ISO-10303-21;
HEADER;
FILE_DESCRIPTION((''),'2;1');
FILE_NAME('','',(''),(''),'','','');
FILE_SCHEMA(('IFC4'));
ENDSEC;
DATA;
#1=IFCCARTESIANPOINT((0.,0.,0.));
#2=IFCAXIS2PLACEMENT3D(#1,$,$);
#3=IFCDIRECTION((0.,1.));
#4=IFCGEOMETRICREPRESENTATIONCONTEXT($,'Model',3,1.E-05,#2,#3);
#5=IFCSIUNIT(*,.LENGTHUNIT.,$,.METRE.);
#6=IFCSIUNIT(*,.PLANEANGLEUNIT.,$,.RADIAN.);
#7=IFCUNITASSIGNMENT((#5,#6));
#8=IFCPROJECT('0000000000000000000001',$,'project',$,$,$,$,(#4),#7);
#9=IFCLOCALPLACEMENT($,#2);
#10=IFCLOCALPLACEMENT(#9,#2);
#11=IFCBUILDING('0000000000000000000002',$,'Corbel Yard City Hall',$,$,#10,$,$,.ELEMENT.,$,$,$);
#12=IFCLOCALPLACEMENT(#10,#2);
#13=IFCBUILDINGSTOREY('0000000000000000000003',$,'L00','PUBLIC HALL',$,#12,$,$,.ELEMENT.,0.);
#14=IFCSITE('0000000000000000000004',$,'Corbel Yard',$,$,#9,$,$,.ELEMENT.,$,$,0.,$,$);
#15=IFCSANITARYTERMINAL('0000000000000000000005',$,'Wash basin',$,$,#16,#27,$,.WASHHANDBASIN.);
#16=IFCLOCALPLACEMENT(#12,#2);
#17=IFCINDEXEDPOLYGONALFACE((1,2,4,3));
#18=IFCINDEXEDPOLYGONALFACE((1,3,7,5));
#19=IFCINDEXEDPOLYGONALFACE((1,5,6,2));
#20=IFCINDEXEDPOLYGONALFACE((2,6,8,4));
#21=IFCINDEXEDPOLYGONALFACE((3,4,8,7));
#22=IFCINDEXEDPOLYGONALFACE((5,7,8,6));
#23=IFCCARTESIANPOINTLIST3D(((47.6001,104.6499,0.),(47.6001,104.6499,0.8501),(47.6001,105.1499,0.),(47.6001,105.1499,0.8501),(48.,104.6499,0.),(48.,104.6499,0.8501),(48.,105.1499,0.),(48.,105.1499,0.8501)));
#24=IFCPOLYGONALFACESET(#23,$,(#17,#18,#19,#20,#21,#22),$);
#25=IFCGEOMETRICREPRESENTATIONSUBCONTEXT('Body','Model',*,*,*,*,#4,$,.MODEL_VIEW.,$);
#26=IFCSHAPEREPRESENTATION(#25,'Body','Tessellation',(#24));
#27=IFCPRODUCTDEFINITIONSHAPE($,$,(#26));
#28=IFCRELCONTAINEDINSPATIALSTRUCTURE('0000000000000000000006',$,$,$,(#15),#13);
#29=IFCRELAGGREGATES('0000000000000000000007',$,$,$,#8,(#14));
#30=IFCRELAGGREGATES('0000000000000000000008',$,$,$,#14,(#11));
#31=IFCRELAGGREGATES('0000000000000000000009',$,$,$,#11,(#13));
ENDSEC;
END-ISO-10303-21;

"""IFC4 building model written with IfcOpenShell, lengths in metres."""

from ifc_helpers import new_model, si_unit, direction, frame, origin, origin_2d, place, context, subcontext, project, spatial, rectangle, extrude, element, save


model = new_model("IFC4")

# Units and contexts
model_context = context("Model", 3, precision=1e-05, world=origin(), true_north=direction((0.0, 1.0)))
body_context = subcontext(model_context, "Body", "Model", "MODEL_VIEW")
ifc_project = project(units=[si_unit("LENGTHUNIT", "METRE"), si_unit("PLANEANGLEUNIT", "RADIAN")], contexts=[model_context])

# Site, building, storey
site_placement = place(None, origin())
site = spatial("IfcSite", under=ifc_project, at=site_placement, Name="Corbel Yard", CompositionType="ELEMENT", RefElevation=0.0)
building_placement = place(site_placement, origin())
building = spatial("IfcBuilding", under=site, at=building_placement, Name="Corbel Yard City Hall", CompositionType="ELEMENT")
storey_placement = place(building_placement, origin())
storey = spatial("IfcBuildingStorey", under=building, at=storey_placement, Name="L00", Description="PUBLIC HALL", CompositionType="ELEMENT", Elevation=0.0)

# Sanitary terminal
sanitary_terminal_1_placement = place(storey_placement, frame((47.8, 104.8999, 0.0), z_axis=(0.0, 0.0, 1.0), x_axis=(1.0, 0.0, 0.0)))
element("IfcSanitaryTerminal", 1, at=sanitary_terminal_1_placement, inside=storey, Name="Wash basin", PredefinedType="WASHHANDBASIN", context=body_context, shape_type="SweptSolid", body=[
    extrude(rectangle(XDim=0.3999, YDim=0.5, at=origin_2d()), origin(), (0.0, 0.0, 1.0), 0.8501),
])

save(model, "model.ifc")
